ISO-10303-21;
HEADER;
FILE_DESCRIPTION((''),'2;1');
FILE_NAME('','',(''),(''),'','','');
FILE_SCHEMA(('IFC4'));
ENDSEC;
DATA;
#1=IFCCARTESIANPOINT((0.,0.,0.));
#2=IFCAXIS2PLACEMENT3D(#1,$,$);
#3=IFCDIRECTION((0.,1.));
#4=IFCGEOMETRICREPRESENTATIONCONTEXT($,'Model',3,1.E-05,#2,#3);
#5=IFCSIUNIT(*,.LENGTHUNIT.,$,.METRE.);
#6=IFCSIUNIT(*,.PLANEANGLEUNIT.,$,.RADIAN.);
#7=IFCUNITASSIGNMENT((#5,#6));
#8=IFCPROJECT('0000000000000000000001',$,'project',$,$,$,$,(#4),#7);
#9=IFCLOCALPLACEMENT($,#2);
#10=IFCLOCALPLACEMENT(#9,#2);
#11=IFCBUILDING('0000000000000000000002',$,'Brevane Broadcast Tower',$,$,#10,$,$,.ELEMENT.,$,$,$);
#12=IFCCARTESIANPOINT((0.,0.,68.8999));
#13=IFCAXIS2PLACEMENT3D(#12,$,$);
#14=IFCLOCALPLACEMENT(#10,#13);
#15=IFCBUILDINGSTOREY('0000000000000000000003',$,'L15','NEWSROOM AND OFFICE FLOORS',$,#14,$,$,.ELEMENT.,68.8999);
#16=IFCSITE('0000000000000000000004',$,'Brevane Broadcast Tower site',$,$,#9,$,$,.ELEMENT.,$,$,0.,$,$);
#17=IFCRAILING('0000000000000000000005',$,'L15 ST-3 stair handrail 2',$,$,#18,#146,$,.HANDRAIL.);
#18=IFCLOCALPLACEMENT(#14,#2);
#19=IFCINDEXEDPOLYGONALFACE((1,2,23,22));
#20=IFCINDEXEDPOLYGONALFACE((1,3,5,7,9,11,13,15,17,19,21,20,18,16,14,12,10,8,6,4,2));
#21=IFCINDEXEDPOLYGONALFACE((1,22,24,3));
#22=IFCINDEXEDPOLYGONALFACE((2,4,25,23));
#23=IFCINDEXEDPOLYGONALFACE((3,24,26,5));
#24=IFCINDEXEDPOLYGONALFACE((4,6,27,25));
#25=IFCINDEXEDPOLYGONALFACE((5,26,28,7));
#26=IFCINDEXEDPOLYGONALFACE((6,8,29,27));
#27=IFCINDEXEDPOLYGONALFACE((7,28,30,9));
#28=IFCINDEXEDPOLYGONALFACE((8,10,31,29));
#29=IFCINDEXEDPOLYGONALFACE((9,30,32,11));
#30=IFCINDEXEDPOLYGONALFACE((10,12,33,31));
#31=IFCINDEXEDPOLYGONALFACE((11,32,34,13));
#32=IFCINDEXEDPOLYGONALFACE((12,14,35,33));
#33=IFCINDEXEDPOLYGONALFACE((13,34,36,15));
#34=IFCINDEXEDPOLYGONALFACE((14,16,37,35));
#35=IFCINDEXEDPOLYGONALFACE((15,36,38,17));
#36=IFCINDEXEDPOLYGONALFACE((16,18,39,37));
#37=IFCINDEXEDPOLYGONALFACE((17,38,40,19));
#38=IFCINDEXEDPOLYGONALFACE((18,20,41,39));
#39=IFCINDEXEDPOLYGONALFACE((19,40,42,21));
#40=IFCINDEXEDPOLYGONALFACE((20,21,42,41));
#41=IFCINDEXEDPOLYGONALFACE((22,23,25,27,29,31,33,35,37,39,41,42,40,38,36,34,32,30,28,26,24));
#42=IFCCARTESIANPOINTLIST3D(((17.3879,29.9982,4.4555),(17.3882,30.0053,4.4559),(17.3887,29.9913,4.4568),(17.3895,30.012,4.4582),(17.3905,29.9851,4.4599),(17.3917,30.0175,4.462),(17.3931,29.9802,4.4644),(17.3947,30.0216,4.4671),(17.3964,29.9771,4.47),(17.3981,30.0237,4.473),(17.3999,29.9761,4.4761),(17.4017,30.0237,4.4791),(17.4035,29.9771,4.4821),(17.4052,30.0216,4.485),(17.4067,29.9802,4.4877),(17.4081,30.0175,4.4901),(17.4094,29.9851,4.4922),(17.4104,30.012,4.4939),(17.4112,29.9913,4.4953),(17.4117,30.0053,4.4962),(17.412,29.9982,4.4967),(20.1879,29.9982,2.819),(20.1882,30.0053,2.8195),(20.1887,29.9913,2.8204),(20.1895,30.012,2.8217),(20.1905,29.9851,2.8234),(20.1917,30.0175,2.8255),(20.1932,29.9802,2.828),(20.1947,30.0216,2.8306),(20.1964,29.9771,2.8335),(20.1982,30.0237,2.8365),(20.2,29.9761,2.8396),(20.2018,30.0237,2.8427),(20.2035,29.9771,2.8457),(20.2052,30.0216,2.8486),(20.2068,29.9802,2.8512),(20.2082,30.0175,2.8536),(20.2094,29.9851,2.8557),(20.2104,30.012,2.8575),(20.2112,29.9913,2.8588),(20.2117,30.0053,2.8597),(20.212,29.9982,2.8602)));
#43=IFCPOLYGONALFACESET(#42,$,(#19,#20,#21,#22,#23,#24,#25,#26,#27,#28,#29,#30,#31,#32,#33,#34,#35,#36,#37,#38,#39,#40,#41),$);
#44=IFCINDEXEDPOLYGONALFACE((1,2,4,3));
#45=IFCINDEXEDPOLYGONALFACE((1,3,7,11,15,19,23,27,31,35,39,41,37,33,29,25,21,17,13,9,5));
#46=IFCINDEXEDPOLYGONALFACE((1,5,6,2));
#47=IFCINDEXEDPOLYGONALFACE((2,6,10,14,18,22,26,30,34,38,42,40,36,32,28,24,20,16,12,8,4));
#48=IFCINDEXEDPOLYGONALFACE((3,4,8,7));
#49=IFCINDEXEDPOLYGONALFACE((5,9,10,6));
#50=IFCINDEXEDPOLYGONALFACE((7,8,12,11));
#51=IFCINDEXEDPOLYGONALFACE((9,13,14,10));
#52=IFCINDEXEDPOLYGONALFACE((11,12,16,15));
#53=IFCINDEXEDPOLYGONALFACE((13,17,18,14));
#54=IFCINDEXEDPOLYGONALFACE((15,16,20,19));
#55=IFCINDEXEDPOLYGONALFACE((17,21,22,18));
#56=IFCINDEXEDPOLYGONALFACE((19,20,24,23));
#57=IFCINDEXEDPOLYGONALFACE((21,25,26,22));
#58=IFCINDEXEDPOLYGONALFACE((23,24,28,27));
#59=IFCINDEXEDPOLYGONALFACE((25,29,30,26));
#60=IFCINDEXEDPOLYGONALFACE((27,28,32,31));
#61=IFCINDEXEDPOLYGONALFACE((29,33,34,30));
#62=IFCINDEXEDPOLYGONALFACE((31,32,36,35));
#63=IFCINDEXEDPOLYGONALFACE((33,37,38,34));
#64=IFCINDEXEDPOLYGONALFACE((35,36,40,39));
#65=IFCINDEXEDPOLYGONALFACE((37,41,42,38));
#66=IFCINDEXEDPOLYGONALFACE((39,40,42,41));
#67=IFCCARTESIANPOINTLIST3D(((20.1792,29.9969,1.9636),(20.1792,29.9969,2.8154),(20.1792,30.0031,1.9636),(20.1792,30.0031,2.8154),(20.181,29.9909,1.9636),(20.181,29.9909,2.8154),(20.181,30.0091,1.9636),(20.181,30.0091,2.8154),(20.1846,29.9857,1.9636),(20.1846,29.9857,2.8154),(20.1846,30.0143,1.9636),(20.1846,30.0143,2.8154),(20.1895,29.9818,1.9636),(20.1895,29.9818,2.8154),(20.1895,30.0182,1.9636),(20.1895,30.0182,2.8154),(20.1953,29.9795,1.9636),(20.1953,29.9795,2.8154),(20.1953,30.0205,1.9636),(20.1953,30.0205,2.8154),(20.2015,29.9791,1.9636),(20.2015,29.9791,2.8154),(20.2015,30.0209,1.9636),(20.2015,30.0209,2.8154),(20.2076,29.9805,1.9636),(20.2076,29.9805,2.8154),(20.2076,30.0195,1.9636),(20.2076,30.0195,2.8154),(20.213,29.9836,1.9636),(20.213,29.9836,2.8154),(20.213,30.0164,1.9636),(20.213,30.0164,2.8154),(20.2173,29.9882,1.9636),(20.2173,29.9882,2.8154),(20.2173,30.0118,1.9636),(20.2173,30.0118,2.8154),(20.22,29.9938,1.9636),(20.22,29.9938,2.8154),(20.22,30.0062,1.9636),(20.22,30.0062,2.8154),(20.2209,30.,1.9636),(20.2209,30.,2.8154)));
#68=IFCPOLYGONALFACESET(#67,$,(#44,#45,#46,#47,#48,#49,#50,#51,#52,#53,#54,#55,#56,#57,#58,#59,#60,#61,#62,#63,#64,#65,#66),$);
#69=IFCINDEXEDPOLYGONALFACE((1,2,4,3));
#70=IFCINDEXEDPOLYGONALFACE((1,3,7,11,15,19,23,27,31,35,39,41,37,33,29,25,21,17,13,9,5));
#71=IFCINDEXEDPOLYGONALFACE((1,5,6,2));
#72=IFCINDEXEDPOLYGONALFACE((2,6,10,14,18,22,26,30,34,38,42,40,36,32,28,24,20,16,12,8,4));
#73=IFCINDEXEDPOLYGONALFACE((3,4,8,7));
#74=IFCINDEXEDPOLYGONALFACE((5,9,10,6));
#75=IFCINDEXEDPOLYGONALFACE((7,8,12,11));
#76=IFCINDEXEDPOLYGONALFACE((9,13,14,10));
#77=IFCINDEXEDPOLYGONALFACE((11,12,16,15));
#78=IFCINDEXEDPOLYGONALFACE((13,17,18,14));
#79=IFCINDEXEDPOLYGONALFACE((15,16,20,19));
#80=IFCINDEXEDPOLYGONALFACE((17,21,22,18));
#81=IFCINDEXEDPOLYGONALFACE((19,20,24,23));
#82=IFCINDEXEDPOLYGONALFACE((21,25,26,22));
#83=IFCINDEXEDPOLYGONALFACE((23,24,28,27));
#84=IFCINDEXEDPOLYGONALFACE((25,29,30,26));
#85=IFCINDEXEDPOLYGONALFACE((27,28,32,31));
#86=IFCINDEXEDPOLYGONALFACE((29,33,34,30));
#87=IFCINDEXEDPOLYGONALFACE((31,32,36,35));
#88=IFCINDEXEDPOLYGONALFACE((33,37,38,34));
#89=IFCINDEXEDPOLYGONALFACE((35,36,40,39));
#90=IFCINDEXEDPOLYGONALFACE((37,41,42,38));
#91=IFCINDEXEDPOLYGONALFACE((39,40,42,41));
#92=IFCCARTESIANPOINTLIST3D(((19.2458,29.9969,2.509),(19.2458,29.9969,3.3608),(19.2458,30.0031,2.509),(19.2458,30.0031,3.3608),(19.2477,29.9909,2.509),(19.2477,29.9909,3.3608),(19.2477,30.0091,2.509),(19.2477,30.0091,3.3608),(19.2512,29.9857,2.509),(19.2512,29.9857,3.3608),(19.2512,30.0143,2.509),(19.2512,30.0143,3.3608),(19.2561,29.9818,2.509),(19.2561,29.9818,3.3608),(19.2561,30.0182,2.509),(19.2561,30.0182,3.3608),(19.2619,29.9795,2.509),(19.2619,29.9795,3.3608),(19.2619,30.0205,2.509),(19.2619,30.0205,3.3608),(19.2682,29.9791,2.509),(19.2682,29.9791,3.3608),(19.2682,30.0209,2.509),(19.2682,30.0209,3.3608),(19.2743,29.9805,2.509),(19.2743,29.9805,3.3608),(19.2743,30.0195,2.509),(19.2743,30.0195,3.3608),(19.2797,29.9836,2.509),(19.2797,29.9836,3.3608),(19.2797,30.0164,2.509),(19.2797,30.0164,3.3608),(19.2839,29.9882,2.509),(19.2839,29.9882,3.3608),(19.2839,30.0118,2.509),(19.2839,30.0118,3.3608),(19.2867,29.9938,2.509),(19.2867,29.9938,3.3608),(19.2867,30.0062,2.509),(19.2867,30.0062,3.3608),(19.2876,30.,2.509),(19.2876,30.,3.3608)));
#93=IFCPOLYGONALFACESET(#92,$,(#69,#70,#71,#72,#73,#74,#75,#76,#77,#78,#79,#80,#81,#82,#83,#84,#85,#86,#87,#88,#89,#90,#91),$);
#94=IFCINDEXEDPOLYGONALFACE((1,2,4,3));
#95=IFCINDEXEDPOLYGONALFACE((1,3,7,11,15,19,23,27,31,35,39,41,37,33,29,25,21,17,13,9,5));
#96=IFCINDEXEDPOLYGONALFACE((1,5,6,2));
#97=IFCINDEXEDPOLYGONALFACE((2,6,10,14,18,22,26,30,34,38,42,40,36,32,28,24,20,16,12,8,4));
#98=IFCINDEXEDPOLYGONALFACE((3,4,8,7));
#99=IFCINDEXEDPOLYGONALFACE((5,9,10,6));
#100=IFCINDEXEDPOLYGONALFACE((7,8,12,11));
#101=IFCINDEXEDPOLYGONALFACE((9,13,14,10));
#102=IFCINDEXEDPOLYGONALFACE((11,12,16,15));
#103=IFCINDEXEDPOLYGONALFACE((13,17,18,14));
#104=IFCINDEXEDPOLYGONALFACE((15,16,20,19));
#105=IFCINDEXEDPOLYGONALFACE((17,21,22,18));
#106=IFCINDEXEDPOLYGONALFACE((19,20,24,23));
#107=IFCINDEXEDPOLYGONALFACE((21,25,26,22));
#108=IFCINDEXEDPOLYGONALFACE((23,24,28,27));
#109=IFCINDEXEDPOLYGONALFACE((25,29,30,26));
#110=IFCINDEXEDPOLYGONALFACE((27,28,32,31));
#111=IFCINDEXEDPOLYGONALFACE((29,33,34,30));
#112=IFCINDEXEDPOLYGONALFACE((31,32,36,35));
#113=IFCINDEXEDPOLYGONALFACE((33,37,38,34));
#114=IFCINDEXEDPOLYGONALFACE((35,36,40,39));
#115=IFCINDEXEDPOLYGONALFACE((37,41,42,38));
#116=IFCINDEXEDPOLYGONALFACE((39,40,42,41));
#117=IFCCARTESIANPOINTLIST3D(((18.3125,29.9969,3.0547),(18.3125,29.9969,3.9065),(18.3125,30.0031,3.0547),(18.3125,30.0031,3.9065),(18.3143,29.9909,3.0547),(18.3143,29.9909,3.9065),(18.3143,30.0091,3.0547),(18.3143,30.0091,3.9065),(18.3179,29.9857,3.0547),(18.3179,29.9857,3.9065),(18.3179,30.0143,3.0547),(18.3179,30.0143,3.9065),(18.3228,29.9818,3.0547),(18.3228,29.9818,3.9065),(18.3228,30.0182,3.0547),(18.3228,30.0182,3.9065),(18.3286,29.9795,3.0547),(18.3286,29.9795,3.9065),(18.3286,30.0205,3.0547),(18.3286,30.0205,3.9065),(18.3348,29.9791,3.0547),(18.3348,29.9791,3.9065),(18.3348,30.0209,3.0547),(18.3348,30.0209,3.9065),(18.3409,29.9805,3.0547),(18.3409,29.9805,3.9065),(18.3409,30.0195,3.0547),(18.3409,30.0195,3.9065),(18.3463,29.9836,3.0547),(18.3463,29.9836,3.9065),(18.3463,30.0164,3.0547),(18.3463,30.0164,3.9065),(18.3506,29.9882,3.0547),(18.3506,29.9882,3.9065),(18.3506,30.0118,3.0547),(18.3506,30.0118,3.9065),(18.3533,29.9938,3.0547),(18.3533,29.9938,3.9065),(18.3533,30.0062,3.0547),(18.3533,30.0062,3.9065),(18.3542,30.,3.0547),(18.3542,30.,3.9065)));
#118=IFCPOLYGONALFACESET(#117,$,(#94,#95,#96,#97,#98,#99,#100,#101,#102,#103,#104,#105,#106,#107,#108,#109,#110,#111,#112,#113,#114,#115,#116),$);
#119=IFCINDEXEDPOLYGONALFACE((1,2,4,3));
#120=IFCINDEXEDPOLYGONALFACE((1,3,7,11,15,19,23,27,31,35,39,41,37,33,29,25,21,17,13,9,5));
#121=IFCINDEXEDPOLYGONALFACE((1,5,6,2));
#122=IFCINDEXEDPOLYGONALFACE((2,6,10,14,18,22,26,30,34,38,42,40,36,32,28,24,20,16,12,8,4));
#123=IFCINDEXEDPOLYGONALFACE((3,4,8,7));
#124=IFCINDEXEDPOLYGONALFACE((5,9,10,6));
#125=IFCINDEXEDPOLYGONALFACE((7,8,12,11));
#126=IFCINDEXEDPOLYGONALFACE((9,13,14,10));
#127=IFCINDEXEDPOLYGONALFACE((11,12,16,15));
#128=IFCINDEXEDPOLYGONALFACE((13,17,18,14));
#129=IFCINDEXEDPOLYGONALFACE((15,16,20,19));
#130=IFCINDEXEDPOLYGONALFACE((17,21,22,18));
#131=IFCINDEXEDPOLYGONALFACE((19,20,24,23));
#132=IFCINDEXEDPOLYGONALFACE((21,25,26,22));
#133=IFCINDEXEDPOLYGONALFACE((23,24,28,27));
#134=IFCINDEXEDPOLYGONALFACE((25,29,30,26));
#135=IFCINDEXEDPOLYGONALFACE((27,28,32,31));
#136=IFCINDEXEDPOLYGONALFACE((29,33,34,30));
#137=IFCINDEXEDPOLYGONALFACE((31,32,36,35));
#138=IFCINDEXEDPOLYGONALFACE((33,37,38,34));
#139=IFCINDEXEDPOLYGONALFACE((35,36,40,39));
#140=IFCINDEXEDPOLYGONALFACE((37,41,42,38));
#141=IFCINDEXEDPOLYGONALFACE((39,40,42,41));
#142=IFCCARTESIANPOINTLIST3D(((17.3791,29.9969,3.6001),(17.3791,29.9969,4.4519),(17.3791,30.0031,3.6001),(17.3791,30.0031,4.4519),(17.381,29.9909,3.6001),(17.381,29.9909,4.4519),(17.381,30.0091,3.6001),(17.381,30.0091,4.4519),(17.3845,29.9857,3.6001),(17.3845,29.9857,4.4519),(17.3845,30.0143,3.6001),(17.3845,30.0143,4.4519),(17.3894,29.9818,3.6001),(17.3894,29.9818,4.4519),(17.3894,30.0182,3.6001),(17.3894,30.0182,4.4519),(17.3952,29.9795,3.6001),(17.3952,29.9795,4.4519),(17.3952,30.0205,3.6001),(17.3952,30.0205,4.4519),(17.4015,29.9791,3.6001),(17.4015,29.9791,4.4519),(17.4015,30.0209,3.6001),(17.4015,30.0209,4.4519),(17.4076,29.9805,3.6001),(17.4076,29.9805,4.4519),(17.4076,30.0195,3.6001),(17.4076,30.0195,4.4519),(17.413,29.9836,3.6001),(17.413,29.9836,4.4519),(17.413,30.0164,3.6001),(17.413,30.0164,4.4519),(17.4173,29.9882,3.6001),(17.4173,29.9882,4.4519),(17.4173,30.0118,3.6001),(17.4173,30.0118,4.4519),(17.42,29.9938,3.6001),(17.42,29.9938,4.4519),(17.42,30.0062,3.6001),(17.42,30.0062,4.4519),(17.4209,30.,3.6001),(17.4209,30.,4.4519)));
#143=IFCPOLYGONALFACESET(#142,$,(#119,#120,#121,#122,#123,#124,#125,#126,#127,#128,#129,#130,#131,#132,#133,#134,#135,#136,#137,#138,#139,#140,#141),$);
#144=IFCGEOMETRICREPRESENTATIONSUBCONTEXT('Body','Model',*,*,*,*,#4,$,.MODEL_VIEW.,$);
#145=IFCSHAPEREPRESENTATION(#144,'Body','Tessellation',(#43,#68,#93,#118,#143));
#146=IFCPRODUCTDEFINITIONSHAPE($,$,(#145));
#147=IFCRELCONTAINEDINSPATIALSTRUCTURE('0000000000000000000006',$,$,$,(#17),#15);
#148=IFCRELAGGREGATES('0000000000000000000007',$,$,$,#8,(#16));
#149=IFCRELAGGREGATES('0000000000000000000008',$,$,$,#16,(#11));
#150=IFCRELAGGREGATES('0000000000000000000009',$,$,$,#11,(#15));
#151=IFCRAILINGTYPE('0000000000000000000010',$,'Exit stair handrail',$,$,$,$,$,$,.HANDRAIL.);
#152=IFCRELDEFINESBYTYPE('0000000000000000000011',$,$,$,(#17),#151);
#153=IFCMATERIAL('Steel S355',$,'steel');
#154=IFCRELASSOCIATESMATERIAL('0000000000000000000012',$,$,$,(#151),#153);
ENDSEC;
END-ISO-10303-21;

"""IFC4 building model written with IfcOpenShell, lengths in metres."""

from ifc_helpers import new_model, si_unit, direction, frame, origin, origin_2d, place, context, subcontext, project, spatial, circle, extrude, material, type_object, element, save


model = new_model("IFC4")

# Units and contexts
model_context = context("Model", 3, precision=1e-05, world=origin(), true_north=direction((0.0, 1.0)))
body_context = subcontext(model_context, "Body", "Model", "MODEL_VIEW")
ifc_project = project(units=[si_unit("LENGTHUNIT", "METRE"), si_unit("PLANEANGLEUNIT", "RADIAN")], contexts=[model_context])

# Site, building, storey
site_placement = place(None, origin())
site = spatial("IfcSite", under=ifc_project, at=site_placement, Name="Brevane Broadcast Tower site", CompositionType="ELEMENT", RefElevation=0.0)
building_placement = place(site_placement, origin())
building = spatial("IfcBuilding", under=site, at=building_placement, Name="Brevane Broadcast Tower", CompositionType="ELEMENT")
storey_placement = place(building_placement, frame((0.0, 0.0, 68.8999)))
storey = spatial("IfcBuildingStorey", under=building, at=storey_placement, Name="L15", Description="NEWSROOM AND OFFICE FLOORS", CompositionType="ELEMENT", Elevation=68.8999)

# Railing
ifc_material_1 = material(Name="Steel S355", Category="steel")
railing_type_1 = type_object("IfcRailingType", Name="Exit stair handrail", PredefinedType="HANDRAIL", material=ifc_material_1)
railing_1_placement = place(storey_placement, frame((20.2, 30.0, 1.9636)))
element("IfcRailing", 1, at=railing_1_placement, inside=storey, type_object=railing_type_1, Name="L15 ST-3 stair handrail 2", PredefinedType="HANDRAIL", context=body_context, shape_type="SweptSolid", body=[
    extrude(circle(Radius=0.0239, at=origin_2d()), frame((0.0, 0.0, 0.876), z_axis=(-0.863361, 0.0, 0.504587), x_axis=(0.0, -1.0, 0.0)), (0.0, 0.0, 1.0), 3.2432),
    extrude(circle(Radius=0.021, at=origin_2d()), origin(), (0.0, 0.0, 1.0), 0.8518),
    extrude(circle(Radius=0.021, at=origin_2d()), frame((-0.9333, 0.0, 0.5454)), (0.0, 0.0, 1.0), 0.8518),
    extrude(circle(Radius=0.021, at=origin_2d()), frame((-1.8667, 0.0, 1.0911)), (0.0, 0.0, 1.0), 0.8518),
    extrude(circle(Radius=0.021, at=origin_2d()), frame((-2.8, 0.0, 1.6365)), (0.0, 0.0, 1.0), 0.8518),
])

save(model, "model.ifc")
